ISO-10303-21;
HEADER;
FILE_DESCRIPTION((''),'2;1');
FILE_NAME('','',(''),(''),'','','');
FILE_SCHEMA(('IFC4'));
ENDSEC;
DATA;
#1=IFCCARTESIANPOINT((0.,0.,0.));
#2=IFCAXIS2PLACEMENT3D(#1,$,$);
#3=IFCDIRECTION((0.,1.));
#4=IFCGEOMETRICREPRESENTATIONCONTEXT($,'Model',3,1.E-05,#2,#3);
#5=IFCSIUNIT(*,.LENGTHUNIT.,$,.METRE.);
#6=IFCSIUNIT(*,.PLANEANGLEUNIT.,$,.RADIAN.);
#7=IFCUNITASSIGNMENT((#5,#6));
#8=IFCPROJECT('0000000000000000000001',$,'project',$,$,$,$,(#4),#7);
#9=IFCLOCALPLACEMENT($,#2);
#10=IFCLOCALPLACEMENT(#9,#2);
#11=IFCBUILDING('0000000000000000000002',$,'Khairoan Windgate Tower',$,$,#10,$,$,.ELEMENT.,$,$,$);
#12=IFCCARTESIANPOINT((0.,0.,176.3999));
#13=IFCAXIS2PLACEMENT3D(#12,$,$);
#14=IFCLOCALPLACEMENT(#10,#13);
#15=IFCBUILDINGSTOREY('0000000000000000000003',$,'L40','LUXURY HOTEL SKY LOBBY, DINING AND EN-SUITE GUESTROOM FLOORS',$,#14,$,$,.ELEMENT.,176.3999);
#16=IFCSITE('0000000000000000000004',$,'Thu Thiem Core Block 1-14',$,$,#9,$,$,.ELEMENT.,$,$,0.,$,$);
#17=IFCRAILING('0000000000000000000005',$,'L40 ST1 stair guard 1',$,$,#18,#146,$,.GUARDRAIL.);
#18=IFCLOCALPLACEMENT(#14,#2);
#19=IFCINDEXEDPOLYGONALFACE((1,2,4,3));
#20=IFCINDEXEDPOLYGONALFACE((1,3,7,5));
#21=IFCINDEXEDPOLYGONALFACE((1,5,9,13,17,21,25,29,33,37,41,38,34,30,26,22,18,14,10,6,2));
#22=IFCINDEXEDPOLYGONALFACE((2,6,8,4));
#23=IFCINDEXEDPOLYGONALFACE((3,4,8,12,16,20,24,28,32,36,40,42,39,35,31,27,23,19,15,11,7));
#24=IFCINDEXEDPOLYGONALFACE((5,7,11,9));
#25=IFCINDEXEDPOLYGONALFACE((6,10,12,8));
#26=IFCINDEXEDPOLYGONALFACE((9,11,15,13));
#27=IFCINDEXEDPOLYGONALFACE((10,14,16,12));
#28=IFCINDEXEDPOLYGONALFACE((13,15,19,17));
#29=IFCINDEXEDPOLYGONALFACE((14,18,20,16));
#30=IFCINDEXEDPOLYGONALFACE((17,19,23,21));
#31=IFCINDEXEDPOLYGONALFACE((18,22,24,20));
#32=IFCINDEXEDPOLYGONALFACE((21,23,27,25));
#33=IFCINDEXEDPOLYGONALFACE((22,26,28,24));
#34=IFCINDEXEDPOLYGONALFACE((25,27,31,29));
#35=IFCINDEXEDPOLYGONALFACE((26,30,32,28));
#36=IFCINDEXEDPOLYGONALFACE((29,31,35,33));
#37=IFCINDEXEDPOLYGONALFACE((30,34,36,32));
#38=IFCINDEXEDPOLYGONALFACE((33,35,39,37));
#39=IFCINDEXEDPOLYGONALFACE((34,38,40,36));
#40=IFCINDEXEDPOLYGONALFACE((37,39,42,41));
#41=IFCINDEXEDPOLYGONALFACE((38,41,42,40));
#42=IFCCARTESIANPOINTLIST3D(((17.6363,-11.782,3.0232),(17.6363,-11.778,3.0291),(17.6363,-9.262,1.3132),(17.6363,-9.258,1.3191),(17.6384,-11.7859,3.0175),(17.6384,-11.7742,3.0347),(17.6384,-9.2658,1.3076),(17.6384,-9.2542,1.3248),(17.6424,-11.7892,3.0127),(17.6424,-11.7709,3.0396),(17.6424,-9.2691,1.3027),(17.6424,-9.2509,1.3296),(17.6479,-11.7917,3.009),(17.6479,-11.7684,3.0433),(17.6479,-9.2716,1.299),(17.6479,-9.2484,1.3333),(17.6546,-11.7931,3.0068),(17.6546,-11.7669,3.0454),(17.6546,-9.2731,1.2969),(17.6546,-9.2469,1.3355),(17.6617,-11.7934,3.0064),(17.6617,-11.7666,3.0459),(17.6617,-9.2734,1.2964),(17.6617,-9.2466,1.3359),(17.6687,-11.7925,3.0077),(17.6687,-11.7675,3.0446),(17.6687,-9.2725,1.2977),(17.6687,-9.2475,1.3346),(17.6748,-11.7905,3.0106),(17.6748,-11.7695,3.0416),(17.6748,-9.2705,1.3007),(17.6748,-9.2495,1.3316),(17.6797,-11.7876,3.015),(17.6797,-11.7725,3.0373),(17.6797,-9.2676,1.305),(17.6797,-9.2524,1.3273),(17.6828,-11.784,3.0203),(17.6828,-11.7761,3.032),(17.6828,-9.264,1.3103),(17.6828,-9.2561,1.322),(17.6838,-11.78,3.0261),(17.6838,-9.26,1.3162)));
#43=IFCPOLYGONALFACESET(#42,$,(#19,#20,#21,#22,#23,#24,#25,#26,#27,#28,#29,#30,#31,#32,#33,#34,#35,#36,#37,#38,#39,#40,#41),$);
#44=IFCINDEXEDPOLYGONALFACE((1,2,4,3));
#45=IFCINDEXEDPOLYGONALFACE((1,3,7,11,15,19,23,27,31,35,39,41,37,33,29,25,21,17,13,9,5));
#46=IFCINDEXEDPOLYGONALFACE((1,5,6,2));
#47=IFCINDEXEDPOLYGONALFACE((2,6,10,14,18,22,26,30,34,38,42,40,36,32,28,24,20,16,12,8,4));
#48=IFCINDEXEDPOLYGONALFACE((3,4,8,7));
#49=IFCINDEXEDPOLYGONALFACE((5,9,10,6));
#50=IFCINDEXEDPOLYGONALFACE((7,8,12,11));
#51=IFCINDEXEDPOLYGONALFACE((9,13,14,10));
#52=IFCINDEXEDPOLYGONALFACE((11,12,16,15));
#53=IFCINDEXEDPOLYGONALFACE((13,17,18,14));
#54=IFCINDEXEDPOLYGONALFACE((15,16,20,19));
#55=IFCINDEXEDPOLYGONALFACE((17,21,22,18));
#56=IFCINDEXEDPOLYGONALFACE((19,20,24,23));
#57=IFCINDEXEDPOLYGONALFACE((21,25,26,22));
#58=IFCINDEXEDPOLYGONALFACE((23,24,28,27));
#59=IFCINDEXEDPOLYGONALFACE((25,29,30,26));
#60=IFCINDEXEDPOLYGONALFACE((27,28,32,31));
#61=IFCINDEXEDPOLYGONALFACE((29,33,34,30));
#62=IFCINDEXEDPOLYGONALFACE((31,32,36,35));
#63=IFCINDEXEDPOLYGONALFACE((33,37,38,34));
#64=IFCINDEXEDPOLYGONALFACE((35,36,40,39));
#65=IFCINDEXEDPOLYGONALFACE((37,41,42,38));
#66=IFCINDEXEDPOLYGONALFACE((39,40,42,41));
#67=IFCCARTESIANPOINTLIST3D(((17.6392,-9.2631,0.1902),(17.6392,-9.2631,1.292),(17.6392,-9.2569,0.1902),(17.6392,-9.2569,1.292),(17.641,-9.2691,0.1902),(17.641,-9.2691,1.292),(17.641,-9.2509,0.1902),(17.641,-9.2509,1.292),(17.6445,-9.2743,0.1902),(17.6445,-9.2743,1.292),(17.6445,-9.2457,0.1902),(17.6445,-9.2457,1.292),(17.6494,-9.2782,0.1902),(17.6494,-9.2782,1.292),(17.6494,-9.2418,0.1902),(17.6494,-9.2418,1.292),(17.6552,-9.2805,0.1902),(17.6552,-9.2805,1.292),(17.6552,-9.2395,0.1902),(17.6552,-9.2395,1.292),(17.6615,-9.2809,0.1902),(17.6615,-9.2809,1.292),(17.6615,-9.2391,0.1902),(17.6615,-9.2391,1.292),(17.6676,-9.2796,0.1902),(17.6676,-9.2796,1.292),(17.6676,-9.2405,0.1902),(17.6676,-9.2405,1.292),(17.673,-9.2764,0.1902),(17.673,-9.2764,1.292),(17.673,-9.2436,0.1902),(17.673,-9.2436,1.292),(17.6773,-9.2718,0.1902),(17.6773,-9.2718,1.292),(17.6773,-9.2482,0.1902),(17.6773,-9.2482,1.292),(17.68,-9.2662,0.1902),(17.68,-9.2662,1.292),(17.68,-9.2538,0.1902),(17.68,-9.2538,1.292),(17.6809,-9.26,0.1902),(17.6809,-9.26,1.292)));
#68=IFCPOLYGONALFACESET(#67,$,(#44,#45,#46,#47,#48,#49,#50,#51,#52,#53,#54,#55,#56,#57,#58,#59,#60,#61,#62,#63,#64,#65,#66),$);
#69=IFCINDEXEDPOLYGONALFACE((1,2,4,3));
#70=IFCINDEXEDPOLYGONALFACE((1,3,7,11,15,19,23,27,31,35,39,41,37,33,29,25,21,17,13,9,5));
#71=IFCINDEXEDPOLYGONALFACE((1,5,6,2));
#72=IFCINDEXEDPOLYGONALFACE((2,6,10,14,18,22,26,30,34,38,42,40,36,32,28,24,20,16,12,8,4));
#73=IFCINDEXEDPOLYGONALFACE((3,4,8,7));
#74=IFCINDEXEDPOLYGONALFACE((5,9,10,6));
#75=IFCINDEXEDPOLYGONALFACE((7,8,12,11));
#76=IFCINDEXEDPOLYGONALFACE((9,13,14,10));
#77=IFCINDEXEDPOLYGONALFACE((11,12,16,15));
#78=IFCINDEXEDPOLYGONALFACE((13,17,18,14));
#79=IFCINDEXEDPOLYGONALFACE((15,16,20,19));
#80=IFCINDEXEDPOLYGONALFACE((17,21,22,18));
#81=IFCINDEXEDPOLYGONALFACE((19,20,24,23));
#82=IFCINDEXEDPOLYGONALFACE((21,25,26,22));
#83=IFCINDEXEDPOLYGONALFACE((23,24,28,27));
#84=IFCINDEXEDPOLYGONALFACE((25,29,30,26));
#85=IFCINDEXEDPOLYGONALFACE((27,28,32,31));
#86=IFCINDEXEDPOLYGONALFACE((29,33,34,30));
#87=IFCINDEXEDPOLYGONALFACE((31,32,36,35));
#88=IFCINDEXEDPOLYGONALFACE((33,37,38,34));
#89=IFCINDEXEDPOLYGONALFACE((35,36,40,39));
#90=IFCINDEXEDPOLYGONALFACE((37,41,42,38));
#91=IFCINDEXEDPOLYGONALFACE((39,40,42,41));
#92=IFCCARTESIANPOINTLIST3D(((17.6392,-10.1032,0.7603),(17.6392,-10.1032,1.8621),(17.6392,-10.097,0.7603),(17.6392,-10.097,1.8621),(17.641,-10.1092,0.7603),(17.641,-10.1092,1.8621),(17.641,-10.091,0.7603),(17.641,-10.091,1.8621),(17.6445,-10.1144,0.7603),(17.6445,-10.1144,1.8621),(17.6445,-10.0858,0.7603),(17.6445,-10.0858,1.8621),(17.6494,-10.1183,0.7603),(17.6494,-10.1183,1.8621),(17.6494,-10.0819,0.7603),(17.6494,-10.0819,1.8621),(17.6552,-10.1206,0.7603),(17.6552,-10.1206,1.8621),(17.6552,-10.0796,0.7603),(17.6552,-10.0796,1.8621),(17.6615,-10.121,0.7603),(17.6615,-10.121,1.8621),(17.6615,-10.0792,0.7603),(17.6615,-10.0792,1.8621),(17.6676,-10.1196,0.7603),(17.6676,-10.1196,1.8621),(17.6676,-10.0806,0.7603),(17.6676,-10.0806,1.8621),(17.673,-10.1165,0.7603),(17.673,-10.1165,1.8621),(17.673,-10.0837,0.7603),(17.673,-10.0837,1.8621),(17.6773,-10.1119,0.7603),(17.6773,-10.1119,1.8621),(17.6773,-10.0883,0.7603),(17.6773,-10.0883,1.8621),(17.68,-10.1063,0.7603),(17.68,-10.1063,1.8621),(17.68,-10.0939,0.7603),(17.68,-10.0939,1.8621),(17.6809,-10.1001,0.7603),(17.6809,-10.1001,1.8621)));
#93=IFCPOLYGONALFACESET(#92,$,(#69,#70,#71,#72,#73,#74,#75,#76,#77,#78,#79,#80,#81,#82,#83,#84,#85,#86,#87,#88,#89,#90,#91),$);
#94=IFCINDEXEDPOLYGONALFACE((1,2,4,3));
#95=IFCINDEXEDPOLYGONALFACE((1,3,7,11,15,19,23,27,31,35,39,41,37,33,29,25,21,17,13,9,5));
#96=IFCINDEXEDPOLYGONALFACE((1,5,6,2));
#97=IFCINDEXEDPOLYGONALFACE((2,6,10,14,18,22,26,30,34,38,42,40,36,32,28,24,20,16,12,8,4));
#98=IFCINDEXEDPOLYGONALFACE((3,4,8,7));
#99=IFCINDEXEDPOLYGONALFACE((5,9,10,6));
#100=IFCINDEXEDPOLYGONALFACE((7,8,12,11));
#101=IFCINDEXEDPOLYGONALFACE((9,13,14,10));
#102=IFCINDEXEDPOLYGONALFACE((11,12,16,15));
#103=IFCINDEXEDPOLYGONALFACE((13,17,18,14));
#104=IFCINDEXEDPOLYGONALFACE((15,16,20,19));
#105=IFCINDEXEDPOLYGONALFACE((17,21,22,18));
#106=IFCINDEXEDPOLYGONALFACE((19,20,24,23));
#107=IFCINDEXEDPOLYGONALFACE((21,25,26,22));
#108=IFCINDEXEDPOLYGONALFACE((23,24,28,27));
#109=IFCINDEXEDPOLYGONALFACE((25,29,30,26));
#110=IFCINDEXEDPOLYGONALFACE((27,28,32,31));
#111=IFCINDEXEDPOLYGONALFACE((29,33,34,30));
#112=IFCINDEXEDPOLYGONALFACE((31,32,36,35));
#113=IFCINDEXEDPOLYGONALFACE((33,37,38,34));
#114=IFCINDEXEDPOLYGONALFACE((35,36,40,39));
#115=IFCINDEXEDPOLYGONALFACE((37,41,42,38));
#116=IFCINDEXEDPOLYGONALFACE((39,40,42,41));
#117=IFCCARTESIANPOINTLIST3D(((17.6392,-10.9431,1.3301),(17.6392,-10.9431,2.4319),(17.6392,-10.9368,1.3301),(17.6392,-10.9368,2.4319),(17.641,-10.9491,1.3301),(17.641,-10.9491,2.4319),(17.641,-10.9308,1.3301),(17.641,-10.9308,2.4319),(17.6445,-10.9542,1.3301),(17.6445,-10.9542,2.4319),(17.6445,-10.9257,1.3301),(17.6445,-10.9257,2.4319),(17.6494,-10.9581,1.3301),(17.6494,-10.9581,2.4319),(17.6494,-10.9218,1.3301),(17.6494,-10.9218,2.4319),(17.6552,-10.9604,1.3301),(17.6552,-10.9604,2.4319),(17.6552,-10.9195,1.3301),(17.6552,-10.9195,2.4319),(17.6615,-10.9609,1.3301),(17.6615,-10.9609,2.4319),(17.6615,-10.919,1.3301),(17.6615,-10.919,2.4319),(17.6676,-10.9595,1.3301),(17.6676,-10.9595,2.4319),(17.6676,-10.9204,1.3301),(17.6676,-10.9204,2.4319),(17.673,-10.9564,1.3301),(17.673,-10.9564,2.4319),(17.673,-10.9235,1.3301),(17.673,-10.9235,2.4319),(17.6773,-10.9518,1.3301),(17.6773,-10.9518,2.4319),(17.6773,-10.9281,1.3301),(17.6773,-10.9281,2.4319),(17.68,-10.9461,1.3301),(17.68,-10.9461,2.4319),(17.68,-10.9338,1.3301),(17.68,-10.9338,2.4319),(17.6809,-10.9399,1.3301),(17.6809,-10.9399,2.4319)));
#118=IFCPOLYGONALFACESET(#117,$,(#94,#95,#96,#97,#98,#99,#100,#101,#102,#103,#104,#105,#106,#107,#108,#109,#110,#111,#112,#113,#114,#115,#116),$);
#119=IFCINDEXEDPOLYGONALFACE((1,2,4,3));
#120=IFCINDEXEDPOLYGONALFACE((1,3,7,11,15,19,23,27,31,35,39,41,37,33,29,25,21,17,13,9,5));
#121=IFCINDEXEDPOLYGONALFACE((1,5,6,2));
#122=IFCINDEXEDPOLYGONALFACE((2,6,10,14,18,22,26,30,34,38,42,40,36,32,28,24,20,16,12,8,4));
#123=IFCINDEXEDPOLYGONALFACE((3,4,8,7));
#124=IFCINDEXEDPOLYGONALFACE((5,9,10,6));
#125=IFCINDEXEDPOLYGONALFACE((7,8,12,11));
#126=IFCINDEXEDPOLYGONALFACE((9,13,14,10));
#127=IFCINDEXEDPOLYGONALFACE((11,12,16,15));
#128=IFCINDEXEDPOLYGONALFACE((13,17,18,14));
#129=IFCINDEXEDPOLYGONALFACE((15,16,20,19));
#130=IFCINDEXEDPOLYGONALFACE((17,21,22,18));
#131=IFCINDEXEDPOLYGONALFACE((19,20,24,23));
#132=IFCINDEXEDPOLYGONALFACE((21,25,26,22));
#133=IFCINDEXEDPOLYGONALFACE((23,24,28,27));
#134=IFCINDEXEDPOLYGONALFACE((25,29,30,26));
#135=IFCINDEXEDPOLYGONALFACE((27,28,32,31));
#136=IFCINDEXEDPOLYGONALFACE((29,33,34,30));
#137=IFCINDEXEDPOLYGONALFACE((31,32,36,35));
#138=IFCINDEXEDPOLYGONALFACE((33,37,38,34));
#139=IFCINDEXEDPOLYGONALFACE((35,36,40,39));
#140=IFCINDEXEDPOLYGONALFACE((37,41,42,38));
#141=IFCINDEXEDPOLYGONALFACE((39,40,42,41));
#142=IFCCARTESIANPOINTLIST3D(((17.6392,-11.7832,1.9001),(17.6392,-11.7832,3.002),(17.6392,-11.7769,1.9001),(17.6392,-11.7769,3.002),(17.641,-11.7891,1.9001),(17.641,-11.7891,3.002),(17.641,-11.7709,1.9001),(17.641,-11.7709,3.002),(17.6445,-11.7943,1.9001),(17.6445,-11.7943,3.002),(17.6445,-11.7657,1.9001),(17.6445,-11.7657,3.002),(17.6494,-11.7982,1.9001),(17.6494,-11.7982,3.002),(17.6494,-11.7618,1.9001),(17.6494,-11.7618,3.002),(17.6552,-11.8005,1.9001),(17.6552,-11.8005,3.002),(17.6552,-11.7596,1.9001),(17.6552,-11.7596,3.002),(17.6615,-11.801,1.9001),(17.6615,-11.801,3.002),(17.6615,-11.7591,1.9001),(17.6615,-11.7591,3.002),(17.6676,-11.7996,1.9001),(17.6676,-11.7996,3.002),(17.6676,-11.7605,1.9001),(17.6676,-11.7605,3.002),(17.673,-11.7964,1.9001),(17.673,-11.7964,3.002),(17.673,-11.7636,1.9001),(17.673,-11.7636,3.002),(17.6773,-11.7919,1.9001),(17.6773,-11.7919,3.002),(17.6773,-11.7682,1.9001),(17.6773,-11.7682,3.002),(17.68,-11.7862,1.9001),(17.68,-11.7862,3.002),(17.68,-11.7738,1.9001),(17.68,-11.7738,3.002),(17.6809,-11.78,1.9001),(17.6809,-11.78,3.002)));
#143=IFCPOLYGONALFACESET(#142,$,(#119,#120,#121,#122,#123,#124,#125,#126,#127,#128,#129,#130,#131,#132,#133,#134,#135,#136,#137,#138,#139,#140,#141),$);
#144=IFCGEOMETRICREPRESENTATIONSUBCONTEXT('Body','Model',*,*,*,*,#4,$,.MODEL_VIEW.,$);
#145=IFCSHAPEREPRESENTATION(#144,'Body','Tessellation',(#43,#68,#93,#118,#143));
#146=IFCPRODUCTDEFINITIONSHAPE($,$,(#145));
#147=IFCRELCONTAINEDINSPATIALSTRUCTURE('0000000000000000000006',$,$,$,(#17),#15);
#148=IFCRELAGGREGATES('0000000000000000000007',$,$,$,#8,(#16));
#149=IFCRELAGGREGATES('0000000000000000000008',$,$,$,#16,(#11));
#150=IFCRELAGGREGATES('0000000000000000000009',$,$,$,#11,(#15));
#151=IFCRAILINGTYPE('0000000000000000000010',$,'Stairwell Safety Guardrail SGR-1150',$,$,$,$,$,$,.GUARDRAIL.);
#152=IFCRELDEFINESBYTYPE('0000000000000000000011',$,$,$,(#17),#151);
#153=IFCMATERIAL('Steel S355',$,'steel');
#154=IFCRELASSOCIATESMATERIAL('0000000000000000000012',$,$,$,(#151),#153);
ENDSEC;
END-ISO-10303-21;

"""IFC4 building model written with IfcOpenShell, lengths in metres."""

from ifc_helpers import new_model, si_unit, direction, frame, origin, origin_2d, place, context, subcontext, project, spatial, circle, extrude, material, type_object, element, save


model = new_model("IFC4")

# Units and contexts
model_context = context("Model", 3, precision=1e-05, world=origin(), true_north=direction((0.0, 1.0)))
body_context = subcontext(model_context, "Body", "Model", "MODEL_VIEW")
ifc_project = project(units=[si_unit("LENGTHUNIT", "METRE"), si_unit("PLANEANGLEUNIT", "RADIAN")], contexts=[model_context])

# Site, building, storey
site_placement = place(None, origin())
site = spatial("IfcSite", under=ifc_project, at=site_placement, Name="Thu Thiem Core Block 1-14", CompositionType="ELEMENT", RefElevation=0.0)
building_placement = place(site_placement, origin())
building = spatial("IfcBuilding", under=site, at=building_placement, Name="Khairoan Windgate Tower", CompositionType="ELEMENT")
storey_placement = place(building_placement, frame((0.0, 0.0, 176.3999)))
storey = spatial("IfcBuildingStorey", under=building, at=storey_placement, Name="L40", Description="LUXURY HOTEL SKY LOBBY, DINING AND EN-SUITE GUESTROOM FLOORS", CompositionType="ELEMENT", Elevation=176.3999)

# Railing
ifc_material_1 = material(Name="Steel S355", Category="steel")
railing_type_1 = type_object("IfcRailingType", Name="Stairwell Safety Guardrail SGR-1150", PredefinedType="GUARDRAIL", material=ifc_material_1)
railing_1_placement = place(storey_placement, frame((17.6599, -9.26, 0.1902)))
element("IfcRailing", 1, at=railing_1_placement, inside=storey, type_object=railing_type_1, Name="L40 ST1 stair guard 1", PredefinedType="GUARDRAIL", context=body_context, shape_type="SweptSolid", body=[
    extrude(circle(Radius=0.0239, at=origin_2d()), frame((0.0, 0.0, 1.126), z_axis=(0.0, -0.827484, 0.56149), x_axis=(1.0, 0.0, 0.0)), (0.0, 0.0, 1.0), 3.0454),
    extrude(circle(Radius=0.021, at=origin_2d()), origin(), (0.0, 0.0, 1.0), 1.1018),
    extrude(circle(Radius=0.021, at=origin_2d()), frame((0.0, -0.8401, 0.5701)), (0.0, 0.0, 1.0), 1.1018),
    extrude(circle(Radius=0.021, at=origin_2d()), frame((0.0, -1.6799, 1.1399)), (0.0, 0.0, 1.0), 1.1018),
    extrude(circle(Radius=0.021, at=origin_2d()), frame((0.0, -2.52, 1.71)), (0.0, 0.0, 1.0), 1.1018),
])

save(model, "model.ifc")
